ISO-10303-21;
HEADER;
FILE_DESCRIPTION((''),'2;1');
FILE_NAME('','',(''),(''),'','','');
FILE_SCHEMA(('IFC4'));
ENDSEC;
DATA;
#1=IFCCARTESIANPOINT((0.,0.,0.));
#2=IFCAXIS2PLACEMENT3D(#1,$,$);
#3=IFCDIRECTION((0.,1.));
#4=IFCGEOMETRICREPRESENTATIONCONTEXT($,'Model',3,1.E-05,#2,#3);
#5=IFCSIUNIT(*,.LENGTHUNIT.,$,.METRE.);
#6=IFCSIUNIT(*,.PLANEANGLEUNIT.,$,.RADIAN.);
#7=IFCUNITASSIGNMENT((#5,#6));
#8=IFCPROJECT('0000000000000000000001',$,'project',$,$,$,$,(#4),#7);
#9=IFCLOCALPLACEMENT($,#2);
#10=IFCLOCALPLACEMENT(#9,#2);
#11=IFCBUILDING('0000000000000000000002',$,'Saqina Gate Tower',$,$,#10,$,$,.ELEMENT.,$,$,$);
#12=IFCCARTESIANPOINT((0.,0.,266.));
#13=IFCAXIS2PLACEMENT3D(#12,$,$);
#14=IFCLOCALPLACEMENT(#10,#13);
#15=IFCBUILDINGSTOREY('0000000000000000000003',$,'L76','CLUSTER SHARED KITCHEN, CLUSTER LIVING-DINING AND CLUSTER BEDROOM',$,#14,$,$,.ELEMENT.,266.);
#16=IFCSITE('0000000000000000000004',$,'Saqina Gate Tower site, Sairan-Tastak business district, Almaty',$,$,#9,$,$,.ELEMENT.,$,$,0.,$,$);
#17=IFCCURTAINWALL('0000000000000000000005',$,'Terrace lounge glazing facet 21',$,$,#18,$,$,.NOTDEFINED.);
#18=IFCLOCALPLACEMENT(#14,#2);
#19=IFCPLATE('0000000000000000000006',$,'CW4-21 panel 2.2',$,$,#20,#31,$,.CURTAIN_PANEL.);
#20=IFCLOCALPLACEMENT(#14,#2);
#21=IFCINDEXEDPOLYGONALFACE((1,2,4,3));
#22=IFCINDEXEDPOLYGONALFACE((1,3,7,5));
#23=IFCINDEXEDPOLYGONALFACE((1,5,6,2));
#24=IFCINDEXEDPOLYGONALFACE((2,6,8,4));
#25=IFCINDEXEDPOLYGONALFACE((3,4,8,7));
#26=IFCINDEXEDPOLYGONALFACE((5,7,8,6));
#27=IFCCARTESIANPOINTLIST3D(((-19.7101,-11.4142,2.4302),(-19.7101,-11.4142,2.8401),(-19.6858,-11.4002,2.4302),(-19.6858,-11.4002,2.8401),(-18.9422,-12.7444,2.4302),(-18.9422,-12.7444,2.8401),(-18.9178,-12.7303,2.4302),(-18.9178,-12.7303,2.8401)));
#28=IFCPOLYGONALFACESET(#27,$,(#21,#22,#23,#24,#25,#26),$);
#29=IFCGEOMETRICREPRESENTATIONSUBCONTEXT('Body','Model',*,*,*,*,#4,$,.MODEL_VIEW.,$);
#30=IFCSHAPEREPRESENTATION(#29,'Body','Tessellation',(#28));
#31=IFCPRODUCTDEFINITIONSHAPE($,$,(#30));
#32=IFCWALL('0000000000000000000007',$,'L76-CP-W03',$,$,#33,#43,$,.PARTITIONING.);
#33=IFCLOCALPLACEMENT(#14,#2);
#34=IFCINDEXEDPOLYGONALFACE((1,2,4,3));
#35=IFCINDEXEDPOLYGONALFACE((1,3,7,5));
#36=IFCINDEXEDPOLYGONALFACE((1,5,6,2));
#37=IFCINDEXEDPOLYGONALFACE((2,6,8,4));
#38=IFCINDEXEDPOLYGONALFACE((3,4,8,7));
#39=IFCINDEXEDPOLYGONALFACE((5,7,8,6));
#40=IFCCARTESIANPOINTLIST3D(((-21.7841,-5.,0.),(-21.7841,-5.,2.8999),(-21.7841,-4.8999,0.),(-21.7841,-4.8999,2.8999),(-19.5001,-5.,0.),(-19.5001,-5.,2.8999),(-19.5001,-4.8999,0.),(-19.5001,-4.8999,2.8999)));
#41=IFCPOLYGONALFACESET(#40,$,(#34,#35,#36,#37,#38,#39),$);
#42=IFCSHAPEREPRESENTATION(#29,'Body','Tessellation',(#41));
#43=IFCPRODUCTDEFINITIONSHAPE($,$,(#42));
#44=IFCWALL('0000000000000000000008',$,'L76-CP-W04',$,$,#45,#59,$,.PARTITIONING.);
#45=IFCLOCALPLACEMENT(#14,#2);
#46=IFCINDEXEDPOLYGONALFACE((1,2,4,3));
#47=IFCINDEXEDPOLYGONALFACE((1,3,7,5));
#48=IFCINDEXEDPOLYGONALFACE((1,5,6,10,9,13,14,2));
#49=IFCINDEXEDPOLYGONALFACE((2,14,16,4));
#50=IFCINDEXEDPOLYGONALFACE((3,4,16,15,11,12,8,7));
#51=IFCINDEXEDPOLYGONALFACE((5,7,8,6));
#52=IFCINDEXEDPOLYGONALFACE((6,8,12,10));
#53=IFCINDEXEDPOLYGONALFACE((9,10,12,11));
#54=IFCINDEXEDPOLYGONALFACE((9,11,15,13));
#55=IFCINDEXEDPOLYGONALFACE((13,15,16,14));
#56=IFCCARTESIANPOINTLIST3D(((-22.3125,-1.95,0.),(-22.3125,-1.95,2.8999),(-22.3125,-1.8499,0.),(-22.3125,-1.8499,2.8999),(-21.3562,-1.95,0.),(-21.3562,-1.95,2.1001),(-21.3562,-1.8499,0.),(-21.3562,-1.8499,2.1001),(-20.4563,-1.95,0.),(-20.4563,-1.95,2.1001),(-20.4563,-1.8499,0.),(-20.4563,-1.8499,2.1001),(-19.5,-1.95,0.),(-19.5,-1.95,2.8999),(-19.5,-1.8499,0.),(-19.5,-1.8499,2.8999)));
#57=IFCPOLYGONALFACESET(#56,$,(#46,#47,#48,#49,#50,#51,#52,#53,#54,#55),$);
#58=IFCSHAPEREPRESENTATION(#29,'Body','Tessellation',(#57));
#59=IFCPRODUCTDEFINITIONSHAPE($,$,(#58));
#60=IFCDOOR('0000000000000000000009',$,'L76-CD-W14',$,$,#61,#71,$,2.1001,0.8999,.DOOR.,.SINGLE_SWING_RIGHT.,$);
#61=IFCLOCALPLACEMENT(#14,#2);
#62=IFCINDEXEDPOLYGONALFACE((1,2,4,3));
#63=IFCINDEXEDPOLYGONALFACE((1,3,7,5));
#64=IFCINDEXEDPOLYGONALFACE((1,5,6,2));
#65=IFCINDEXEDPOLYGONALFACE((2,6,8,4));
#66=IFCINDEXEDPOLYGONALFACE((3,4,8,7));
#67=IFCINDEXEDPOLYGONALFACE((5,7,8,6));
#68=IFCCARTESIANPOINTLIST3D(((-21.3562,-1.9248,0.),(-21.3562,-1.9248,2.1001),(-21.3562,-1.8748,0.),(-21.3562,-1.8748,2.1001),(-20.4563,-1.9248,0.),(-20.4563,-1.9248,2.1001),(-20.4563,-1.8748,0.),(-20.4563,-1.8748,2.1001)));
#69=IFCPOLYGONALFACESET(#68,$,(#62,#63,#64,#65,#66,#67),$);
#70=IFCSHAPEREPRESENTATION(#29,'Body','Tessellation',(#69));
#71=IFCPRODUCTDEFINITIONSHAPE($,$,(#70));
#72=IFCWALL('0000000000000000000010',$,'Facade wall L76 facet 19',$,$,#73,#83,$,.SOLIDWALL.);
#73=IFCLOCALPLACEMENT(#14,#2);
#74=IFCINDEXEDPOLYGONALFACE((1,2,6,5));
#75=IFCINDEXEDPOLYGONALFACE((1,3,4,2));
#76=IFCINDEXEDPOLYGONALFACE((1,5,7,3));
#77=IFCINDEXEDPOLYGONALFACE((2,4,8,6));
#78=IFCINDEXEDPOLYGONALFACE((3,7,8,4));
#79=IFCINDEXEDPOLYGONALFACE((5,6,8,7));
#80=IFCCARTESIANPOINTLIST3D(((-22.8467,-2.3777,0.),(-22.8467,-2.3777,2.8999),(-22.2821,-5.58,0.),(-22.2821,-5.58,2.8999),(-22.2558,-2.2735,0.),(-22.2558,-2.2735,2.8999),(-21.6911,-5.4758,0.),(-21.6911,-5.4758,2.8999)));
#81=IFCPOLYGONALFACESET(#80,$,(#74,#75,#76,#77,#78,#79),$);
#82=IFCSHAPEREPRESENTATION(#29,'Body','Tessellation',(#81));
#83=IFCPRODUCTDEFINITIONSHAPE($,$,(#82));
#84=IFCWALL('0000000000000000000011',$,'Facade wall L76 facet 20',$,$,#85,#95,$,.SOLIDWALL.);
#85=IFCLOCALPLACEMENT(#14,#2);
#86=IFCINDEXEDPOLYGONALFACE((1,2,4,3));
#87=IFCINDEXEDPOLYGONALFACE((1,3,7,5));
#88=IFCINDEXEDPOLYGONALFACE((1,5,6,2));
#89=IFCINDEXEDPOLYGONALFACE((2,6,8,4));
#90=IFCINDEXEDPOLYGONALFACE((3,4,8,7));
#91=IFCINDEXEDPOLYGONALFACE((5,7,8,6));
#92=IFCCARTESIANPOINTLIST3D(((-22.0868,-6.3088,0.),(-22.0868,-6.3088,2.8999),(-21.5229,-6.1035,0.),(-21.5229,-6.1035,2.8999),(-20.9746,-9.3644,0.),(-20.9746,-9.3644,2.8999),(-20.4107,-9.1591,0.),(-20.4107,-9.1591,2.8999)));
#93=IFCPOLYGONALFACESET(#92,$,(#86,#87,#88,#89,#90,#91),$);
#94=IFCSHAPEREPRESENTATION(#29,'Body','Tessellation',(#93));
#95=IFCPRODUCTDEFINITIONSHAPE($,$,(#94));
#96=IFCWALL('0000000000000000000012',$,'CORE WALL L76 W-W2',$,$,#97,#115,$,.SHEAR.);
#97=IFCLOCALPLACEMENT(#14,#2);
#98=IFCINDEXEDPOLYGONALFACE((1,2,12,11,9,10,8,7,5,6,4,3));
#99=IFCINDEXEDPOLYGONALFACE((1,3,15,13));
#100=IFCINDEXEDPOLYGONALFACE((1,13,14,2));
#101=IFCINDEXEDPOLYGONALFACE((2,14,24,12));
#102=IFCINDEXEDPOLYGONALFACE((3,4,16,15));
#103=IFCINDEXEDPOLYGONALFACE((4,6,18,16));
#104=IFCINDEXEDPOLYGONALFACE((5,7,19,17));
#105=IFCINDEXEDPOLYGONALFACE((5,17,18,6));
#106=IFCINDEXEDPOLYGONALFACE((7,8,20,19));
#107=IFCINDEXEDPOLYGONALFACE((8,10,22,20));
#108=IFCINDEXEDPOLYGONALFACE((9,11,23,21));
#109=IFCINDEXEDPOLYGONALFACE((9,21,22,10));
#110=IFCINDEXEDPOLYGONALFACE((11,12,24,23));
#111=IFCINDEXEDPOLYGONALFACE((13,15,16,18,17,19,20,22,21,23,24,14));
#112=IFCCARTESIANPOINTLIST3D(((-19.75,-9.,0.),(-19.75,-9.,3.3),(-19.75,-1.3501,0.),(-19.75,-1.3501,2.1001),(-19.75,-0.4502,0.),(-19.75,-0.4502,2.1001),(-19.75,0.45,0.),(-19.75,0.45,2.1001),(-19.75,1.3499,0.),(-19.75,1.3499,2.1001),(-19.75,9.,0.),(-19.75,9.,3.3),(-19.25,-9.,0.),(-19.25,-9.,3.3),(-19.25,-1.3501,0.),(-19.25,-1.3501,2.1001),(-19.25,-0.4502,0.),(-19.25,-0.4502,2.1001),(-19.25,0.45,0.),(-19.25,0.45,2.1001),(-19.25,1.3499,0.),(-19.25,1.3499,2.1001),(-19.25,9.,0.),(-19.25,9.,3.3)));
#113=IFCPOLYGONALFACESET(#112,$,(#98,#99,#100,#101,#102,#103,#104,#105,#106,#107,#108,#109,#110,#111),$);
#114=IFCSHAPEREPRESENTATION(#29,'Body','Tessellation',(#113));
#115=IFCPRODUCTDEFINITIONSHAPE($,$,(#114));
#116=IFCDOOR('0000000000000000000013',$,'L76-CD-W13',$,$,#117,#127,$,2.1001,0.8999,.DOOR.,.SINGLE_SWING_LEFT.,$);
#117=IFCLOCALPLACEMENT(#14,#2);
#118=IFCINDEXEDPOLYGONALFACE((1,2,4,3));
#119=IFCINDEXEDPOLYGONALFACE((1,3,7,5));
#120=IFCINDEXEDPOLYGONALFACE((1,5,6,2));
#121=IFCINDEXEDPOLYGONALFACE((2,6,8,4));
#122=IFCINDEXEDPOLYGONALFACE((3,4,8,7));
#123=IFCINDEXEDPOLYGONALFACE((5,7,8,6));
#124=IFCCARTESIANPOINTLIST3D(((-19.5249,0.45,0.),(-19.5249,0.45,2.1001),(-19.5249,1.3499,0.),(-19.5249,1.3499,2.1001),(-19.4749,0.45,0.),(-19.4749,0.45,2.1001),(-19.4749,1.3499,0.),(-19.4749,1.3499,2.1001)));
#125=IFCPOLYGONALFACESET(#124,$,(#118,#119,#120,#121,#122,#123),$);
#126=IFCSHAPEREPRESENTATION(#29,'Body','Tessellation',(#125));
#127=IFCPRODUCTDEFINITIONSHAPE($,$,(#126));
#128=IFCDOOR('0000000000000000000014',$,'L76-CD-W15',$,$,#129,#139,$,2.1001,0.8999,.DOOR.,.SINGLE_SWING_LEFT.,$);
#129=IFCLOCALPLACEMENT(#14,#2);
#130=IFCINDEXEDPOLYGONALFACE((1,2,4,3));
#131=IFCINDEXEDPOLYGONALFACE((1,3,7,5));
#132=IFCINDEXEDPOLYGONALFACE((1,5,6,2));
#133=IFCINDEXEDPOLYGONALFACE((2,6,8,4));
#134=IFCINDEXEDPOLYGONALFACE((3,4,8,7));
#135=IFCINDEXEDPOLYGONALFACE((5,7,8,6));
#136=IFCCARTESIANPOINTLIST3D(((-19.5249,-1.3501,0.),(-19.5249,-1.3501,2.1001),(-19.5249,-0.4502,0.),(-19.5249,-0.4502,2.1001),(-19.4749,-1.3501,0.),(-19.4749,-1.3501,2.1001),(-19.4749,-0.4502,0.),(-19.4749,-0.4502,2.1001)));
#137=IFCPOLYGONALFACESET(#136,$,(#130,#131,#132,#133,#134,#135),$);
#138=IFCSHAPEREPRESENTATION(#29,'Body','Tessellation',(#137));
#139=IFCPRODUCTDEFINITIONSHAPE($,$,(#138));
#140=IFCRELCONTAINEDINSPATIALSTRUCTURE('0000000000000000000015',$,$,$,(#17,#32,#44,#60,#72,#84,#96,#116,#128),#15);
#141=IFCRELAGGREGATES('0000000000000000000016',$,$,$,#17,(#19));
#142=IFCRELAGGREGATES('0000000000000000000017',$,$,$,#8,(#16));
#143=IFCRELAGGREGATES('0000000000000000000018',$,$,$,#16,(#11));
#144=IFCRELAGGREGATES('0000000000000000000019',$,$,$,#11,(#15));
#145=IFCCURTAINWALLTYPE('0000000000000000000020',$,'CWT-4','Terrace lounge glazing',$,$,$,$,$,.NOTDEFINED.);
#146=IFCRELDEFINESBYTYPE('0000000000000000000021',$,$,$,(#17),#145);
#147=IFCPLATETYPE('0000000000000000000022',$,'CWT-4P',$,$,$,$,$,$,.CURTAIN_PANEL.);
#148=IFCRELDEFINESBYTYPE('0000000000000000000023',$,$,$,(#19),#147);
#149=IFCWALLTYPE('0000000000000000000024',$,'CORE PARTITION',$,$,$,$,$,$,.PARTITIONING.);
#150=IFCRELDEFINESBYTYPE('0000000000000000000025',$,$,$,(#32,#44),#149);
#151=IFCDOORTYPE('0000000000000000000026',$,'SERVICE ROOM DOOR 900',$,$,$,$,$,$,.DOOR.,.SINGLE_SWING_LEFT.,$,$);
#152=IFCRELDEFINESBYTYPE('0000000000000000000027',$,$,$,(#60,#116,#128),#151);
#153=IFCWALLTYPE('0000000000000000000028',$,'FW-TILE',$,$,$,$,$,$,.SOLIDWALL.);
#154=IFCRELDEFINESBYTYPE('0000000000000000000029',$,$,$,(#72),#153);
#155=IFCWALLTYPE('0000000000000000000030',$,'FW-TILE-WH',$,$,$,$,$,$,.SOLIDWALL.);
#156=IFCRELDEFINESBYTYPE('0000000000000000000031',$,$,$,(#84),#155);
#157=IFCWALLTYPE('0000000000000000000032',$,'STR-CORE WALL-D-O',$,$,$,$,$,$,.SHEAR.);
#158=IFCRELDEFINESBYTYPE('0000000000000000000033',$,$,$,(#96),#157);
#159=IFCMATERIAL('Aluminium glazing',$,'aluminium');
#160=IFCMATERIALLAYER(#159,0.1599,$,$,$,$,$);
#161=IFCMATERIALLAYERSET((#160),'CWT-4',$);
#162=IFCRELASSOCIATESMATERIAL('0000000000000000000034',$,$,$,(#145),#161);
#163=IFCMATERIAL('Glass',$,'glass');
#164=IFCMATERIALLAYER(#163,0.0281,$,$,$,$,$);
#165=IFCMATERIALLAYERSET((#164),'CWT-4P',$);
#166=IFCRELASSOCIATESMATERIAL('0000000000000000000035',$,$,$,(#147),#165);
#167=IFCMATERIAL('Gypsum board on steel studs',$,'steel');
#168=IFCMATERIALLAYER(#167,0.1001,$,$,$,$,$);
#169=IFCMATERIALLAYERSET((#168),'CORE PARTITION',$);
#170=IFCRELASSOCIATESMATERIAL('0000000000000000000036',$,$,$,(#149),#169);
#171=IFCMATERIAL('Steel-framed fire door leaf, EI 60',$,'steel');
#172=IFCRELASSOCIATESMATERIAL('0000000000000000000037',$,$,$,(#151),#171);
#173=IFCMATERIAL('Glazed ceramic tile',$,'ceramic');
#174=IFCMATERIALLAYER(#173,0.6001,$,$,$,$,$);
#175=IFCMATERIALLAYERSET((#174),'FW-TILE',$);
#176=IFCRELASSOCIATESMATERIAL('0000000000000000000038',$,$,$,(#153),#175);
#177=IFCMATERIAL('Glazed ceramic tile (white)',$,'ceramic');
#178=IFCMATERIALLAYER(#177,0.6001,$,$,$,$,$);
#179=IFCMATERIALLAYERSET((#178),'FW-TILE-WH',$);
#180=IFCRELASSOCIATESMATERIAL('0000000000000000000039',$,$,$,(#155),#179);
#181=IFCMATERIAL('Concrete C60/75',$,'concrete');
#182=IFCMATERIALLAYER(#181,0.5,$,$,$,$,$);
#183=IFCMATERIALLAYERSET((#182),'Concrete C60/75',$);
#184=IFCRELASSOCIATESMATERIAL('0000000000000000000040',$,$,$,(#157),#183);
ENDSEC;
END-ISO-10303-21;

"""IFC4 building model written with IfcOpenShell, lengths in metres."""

from ifc_helpers import new_model, si_unit, direction, frame, frame_2d, origin, origin_2d, place, context, subcontext, project, spatial, rectangle, extrude, material, layer, layer_set, type_object, element, fill, aggregate, save


model = new_model("IFC4")

# Units and contexts
model_context = context("Model", 3, precision=1e-05, world=origin(), true_north=direction((0.0, 1.0)))
body_context = subcontext(model_context, "Body", "Model", "MODEL_VIEW")
ifc_project = project(units=[si_unit("LENGTHUNIT", "METRE"), si_unit("PLANEANGLEUNIT", "RADIAN")], contexts=[model_context])

# Site, building, storey
site_placement = place(None, origin())
site = spatial("IfcSite", under=ifc_project, at=site_placement, Name="Saqina Gate Tower site, Sairan-Tastak business district, Almaty", CompositionType="ELEMENT", RefElevation=0.0)
building_placement = place(site_placement, origin())
building = spatial("IfcBuilding", under=site, at=building_placement, Name="Saqina Gate Tower", CompositionType="ELEMENT")
storey_placement = place(building_placement, frame((0.0, 0.0, 266.0)))
storey = spatial("IfcBuildingStorey", under=building, at=storey_placement, Name="L76", Description="CLUSTER SHARED KITCHEN, CLUSTER LIVING-DINING AND CLUSTER BEDROOM", CompositionType="ELEMENT", Elevation=266.0)

# Curtain wall, plate
ifc_material_1 = material(Name="Aluminium glazing", Category="aluminium")
ifc_layer_1 = layer(ifc_material_1, 0.1599)
ifc_layer_set_1 = layer_set([ifc_layer_1], Name="CWT-4")
curtain_wall_type = type_object("IfcCurtainWallType", Name="CWT-4", Description="Terrace lounge glazing", PredefinedType="NOTDEFINED", material=ifc_layer_set_1)
curtain_wall_placement = place(storey_placement, origin())
curtain_wall = element("IfcCurtainWall", 1, at=curtain_wall_placement, inside=storey, type_object=curtain_wall_type, Name="Terrace lounge glazing facet 21", PredefinedType="NOTDEFINED")
ifc_material_2 = material(Name="Glass", Category="glass")
ifc_layer_2 = layer(ifc_material_2, 0.0281)
ifc_layer_set_2 = layer_set([ifc_layer_2], Name="CWT-4P")
plate_type = type_object("IfcPlateType", Name="CWT-4P", PredefinedType="CURTAIN_PANEL", material=ifc_layer_set_2)
plate_1_placement = place(storey_placement, frame((-19.314, -12.0723, 2.4302), z_axis=(0.0, 0.0, 1.0), x_axis=(0.499982, -0.866036, 0.0)))
plate_1 = element("IfcPlate", 2, at=plate_1_placement, type_object=plate_type, Name="CW4-21 panel 2.2", PredefinedType="CURTAIN_PANEL", context=body_context, shape_type="SweptSolid", body=[
    extrude(rectangle(XDim=1.5359, YDim=0.0281, at=origin_2d()), origin(), (0.0, 0.0, 1.0), 0.4099),
])
aggregate(curtain_wall, [plate_1])

# Wall
ifc_material_3 = material(Name="Gypsum board on steel studs", Category="steel")
ifc_layer_3 = layer(ifc_material_3, 0.1001)
ifc_layer_set_3 = layer_set([ifc_layer_3], Name="CORE PARTITION")
wall_type_1 = type_object("IfcWallType", Name="CORE PARTITION", PredefinedType="PARTITIONING", material=ifc_layer_set_3)
wall_1_placement = place(storey_placement, frame((-19.5, -4.95, 0.0), z_axis=(0.0, 0.0, 1.0), x_axis=(-1.0, 0.0, 0.0)))
element("IfcWall", 3, at=wall_1_placement, inside=storey, type_object=wall_type_1, Name="L76-CP-W03", PredefinedType="PARTITIONING", context=body_context, shape_type="SweptSolid", body=[
    extrude(rectangle(XDim=2.2839, YDim=0.1001, at=frame_2d((1.1421, 0.0))), origin(), (0.0, 0.0, 1.0), 2.8999),
])

# Wall, opening, door
wall_2_placement = place(storey_placement, frame((-19.5, -1.8999, 0.0), z_axis=(0.0, 0.0, 1.0), x_axis=(-1.0, 0.0, 0.0)))
wall_2 = element("IfcWall", 4, at=wall_2_placement, inside=storey, type_object=wall_type_1, Name="L76-CP-W04", PredefinedType="PARTITIONING", context=body_context, shape_type="SweptSolid", body=[
    extrude(rectangle(XDim=2.8125, YDim=0.1001, at=frame_2d((1.4062, 0.0))), origin(), (0.0, 0.0, 1.0), 2.8999),
])
opening_1_placement = place(wall_2_placement, frame((0.9563, 0.0, 0.0)))
opening_1 = element("IfcOpeningElement", 5, at=opening_1_placement, cuts=wall_2, PredefinedType="OPENING", context=body_context, shape_type="SweptSolid", body=[
    extrude(rectangle(XDim=0.8999, YDim=2.1001, at=frame_2d((0.45, 1.05))), frame((0.0, 0.062, 0.0), z_axis=(0.0, -1.0, 0.0), x_axis=(1.0, 0.0, 0.0)), (0.0, 0.0, 1.0), 0.124),
])
ifc_material_4 = material(Name="Steel-framed fire door leaf, EI 60", Category="steel")
door_type = type_object("IfcDoorType", Name="SERVICE ROOM DOOR 900", OperationType="SINGLE_SWING_LEFT", PredefinedType="DOOR", material=ifc_material_4)
door_1_placement = place(opening_1_placement, origin())
door_1 = element("IfcDoor", 6, at=door_1_placement, inside=storey, type_object=door_type, Name="L76-CD-W14", OperationType="SINGLE_SWING_RIGHT", OverallHeight=2.1001, OverallWidth=0.8999, PredefinedType="DOOR", context=body_context, shape_type="SweptSolid", body=[
    extrude(rectangle(XDim=0.8999, YDim=2.1001, at=frame_2d((0.45, 1.05))), frame((0.0, 0.0249, 0.0), z_axis=(0.0, -1.0, 0.0), x_axis=(1.0, 0.0, 0.0)), (0.0, 0.0, 1.0), 0.05),
])
fill(opening_1, door_1)

# Walls
ifc_material_5 = material(Name="Glazed ceramic tile", Category="ceramic")
ifc_layer_4 = layer(ifc_material_5, 0.6001)
ifc_layer_set_4 = layer_set([ifc_layer_4], Name="FW-TILE")
wall_type_2 = type_object("IfcWallType", Name="FW-TILE", PredefinedType="SOLIDWALL", material=ifc_layer_set_4)
wall_3_placement = place(storey_placement, frame((-22.5513, -2.3254, 0.0), z_axis=(0.0, 0.0, 1.0), x_axis=(0.173657, -0.984806, 0.0)))
element("IfcWall", 7, at=wall_3_placement, inside=storey, type_object=wall_type_2, Name="Facade wall L76 facet 19", PredefinedType="SOLIDWALL", context=body_context, shape_type="SweptSolid", body=[
    extrude(rectangle(XDim=3.2517, YDim=0.6001, at=frame_2d((1.626, 0.0))), origin(), (0.0, 0.0, 1.0), 2.8999),
])
ifc_material_6 = material(Name="Glazed ceramic tile (white)", Category="ceramic")
ifc_layer_5 = layer(ifc_material_6, 0.6001)
ifc_layer_set_5 = layer_set([ifc_layer_5], Name="FW-TILE-WH")
wall_type_3 = type_object("IfcWallType", Name="FW-TILE-WH", PredefinedType="SOLIDWALL", material=ifc_layer_set_5)
wall_4_placement = place(storey_placement, frame((-21.8049, -6.2061, 0.0), z_axis=(0.0, 0.0, 1.0), x_axis=(0.342057, -0.939679, 0.0)))
element("IfcWall", 8, at=wall_4_placement, inside=storey, type_object=wall_type_3, Name="Facade wall L76 facet 20", PredefinedType="SOLIDWALL", context=body_context, shape_type="SweptSolid", body=[
    extrude(rectangle(XDim=3.2517, YDim=0.6001, at=frame_2d((1.626, 0.0))), origin(), (0.0, 0.0, 1.0), 2.8999),
])

# Wall, openings, doors
ifc_material_7 = material(Name="Concrete C60/75", Category="concrete")
ifc_layer_6 = layer(ifc_material_7, 0.5)
ifc_layer_set_6 = layer_set([ifc_layer_6], Name="Concrete C60/75")
wall_type_4 = type_object("IfcWallType", Name="STR-CORE WALL-D-O", PredefinedType="SHEAR", material=ifc_layer_set_6)
wall_5_placement = place(storey_placement, frame((-19.5, -9.0, 0.0), z_axis=(0.0, 0.0, 1.0), x_axis=(0.0, 1.0, 0.0)))
wall_5 = element("IfcWall", 9, at=wall_5_placement, inside=storey, type_object=wall_type_4, Name="CORE WALL L76 W-W2", PredefinedType="SHEAR", context=body_context, shape_type="SweptSolid", body=[
    extrude(rectangle(XDim=18.0, YDim=0.5, at=frame_2d((9.0, 0.0))), origin(), (0.0, 0.0, 1.0), 3.3),
])
opening_2_placement = place(wall_5_placement, frame((9.45, 0.0, 0.0)))
opening_2 = element("IfcOpeningElement", 10, at=opening_2_placement, cuts=wall_5, PredefinedType="OPENING", context=body_context, shape_type="SweptSolid", body=[
    extrude(rectangle(XDim=0.8999, YDim=2.1001, at=frame_2d((0.45, 1.05))), frame((0.0, 0.262, 0.0), z_axis=(0.0, -1.0, 0.0), x_axis=(1.0, 0.0, 0.0)), (0.0, 0.0, 1.0), 0.5239),
])
opening_3_placement = place(wall_5_placement, frame((7.6499, 0.0, 0.0)))
opening_3 = element("IfcOpeningElement", 11, at=opening_3_placement, cuts=wall_5, PredefinedType="OPENING", context=body_context, shape_type="SweptSolid", body=[
    extrude(rectangle(XDim=0.8999, YDim=2.1001, at=frame_2d((0.45, 1.05))), frame((0.0, 0.262, 0.0), z_axis=(0.0, -1.0, 0.0), x_axis=(1.0, 0.0, 0.0)), (0.0, 0.0, 1.0), 0.5239),
])
door_2_placement = place(opening_2_placement, origin())
door_2 = element("IfcDoor", 12, at=door_2_placement, inside=storey, type_object=door_type, Name="L76-CD-W13", OperationType="SINGLE_SWING_LEFT", OverallHeight=2.1001, OverallWidth=0.8999, PredefinedType="DOOR", context=body_context, shape_type="SweptSolid", body=[
    extrude(rectangle(XDim=0.8999, YDim=2.1001, at=frame_2d((0.45, 1.05))), frame((0.0, 0.0249, 0.0), z_axis=(0.0, -1.0, 0.0), x_axis=(1.0, 0.0, 0.0)), (0.0, 0.0, 1.0), 0.05),
])
fill(opening_2, door_2)
door_3_placement = place(opening_3_placement, origin())
door_3 = element("IfcDoor", 13, at=door_3_placement, inside=storey, type_object=door_type, Name="L76-CD-W15", OperationType="SINGLE_SWING_LEFT", OverallHeight=2.1001, OverallWidth=0.8999, PredefinedType="DOOR", context=body_context, shape_type="SweptSolid", body=[
    extrude(rectangle(XDim=0.8999, YDim=2.1001, at=frame_2d((0.45, 1.05))), frame((0.0, 0.0249, 0.0), z_axis=(0.0, -1.0, 0.0), x_axis=(1.0, 0.0, 0.0)), (0.0, 0.0, 1.0), 0.05),
])
fill(opening_3, door_3)

save(model, "model.ifc")
